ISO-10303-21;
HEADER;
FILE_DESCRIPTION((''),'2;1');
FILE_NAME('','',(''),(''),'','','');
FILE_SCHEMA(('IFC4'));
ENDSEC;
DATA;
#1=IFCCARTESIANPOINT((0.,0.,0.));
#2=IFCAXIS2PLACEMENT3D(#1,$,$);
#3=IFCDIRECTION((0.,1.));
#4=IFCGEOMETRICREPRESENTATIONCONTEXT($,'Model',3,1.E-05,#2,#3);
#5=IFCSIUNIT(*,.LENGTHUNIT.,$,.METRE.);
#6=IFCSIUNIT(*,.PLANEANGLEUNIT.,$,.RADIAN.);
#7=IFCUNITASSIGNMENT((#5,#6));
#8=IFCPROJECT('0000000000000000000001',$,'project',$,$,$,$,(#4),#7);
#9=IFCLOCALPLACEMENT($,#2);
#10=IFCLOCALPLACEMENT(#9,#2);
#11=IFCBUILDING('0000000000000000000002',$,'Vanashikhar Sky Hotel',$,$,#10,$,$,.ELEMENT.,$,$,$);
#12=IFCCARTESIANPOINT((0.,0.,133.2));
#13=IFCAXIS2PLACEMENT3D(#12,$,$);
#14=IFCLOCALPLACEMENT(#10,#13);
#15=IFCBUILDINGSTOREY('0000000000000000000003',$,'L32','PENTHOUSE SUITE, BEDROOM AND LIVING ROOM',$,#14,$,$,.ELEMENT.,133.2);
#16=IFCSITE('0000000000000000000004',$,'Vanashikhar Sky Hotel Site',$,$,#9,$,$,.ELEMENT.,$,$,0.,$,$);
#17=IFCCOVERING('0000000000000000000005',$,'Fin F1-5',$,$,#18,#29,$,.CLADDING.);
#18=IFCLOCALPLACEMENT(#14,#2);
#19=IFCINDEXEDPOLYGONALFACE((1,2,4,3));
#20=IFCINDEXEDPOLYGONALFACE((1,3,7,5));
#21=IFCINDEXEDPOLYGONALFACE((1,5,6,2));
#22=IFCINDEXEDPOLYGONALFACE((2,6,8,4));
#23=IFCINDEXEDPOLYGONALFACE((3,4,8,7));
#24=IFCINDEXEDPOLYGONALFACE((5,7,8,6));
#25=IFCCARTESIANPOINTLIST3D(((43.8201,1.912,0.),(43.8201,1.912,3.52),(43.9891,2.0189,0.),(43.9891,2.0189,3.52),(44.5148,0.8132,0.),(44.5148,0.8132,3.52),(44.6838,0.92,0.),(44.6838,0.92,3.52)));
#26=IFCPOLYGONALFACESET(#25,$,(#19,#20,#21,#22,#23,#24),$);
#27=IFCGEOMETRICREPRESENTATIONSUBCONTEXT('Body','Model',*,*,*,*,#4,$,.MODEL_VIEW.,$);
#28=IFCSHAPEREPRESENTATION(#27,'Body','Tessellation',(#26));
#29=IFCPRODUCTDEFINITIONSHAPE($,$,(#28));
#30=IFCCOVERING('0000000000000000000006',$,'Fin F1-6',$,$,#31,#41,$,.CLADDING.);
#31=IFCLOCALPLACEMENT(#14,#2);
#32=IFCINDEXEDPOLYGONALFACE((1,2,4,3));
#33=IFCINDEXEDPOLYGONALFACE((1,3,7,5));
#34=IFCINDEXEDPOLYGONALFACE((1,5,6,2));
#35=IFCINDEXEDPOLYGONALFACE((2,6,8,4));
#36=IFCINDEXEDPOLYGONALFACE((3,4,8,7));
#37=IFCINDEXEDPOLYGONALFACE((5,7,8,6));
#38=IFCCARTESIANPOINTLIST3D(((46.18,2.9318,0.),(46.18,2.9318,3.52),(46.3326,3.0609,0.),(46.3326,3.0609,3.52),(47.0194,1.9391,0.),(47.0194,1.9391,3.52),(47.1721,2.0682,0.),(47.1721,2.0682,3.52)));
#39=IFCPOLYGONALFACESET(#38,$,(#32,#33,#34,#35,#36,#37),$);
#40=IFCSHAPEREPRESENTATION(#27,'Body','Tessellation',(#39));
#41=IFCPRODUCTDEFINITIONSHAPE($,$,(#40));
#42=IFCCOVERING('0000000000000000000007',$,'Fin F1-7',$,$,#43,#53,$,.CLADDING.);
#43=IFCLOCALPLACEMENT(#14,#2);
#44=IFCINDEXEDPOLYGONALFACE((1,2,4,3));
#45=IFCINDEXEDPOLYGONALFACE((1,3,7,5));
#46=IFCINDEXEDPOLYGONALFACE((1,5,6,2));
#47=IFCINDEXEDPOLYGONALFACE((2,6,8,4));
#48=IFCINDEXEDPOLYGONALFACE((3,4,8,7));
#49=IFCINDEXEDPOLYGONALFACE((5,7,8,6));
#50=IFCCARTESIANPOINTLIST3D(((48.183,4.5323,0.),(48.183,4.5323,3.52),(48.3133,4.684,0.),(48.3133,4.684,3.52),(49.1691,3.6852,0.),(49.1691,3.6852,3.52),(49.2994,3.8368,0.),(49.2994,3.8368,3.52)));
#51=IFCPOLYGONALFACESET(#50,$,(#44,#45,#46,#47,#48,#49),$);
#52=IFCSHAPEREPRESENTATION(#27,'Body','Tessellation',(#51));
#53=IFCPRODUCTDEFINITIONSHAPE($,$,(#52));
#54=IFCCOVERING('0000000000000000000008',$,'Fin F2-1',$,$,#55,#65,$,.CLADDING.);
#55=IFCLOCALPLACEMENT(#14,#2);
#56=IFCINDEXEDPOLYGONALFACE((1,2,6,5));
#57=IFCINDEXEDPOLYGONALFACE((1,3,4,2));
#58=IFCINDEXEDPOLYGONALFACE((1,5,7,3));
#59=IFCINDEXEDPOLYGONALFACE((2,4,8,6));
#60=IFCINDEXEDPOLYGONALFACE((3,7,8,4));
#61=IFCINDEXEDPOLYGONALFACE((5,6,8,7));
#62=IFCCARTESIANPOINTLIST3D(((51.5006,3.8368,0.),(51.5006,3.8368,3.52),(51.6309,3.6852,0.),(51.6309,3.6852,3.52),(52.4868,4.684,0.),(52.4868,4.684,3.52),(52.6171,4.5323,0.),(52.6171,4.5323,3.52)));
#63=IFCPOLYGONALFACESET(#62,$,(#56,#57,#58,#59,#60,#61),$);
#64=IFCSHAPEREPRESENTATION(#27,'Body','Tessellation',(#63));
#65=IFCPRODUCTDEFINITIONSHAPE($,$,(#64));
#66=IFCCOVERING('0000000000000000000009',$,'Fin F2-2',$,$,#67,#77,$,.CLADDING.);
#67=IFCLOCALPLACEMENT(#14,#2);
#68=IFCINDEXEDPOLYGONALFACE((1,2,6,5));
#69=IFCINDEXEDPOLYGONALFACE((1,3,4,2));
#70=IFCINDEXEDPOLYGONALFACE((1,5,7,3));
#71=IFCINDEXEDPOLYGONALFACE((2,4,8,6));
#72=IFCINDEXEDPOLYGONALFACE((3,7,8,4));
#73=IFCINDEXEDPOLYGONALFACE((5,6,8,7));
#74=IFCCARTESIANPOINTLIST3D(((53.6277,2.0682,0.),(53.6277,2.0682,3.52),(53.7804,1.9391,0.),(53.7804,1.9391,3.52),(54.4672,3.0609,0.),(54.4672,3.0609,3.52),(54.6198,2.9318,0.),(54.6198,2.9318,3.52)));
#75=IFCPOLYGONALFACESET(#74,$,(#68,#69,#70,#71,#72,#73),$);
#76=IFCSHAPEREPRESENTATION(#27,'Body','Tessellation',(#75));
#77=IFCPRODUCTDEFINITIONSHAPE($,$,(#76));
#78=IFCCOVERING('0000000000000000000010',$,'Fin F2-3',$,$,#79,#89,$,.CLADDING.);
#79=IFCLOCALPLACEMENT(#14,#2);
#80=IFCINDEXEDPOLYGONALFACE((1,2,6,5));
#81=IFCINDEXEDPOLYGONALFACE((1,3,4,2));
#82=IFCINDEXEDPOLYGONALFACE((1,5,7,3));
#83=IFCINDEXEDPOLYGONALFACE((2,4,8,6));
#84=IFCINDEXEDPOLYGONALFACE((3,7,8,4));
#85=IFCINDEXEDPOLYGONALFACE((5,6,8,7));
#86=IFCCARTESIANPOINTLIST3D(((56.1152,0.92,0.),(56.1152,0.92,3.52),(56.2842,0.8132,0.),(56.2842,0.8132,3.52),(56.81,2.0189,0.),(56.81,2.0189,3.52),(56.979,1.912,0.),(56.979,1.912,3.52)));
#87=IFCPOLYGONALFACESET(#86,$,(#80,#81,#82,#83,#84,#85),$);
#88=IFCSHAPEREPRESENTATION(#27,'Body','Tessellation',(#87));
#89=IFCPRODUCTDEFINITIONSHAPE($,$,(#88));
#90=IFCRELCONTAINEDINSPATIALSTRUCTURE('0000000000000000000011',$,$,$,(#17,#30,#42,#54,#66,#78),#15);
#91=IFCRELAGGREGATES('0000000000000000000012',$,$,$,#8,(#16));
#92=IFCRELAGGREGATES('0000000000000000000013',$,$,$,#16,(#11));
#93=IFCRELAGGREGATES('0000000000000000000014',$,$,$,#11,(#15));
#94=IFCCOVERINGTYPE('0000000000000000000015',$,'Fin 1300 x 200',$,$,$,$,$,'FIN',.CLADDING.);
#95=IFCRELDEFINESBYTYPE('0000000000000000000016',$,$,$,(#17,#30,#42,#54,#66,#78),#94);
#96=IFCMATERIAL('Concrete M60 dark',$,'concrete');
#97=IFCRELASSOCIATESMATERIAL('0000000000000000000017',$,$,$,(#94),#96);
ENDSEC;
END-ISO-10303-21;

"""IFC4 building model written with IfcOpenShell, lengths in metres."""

from ifc_helpers import new_model, si_unit, direction, frame, origin, origin_2d, place, context, subcontext, project, spatial, rectangle, extrude, source, transform, mapped, material, material_profile, profile_set, type_object, element, save


model = new_model("IFC4")

# Units and contexts
model_context = context("Model", 3, precision=1e-05, world=origin(), true_north=direction((0.0, 1.0)))
body_context = subcontext(model_context, "Body", "Model", "MODEL_VIEW")
ifc_project = project(units=[si_unit("LENGTHUNIT", "METRE"), si_unit("PLANEANGLEUNIT", "RADIAN")], contexts=[model_context])

# Site, building, storey
site_placement = place(None, origin())
site = spatial("IfcSite", under=ifc_project, at=site_placement, Name="Vanashikhar Sky Hotel Site", CompositionType="ELEMENT", RefElevation=0.0)
building_placement = place(site_placement, origin())
building = spatial("IfcBuilding", under=site, at=building_placement, Name="Vanashikhar Sky Hotel", CompositionType="ELEMENT")
storey_placement = place(building_placement, frame((0.0, 0.0, 133.2)))
storey = spatial("IfcBuildingStorey", under=building, at=storey_placement, Name="L32", Description="PENTHOUSE SUITE, BEDROOM AND LIVING ROOM", CompositionType="ELEMENT", Elevation=133.2)

# Coverings
ifc_material_1 = material(Name="Concrete M60 dark", Category="concrete")
ifc_material_profile = material_profile(ifc_material_1, rectangle(XDim=1.3, YDim=0.2, at=origin_2d()))
ifc_profile_set = profile_set([ifc_material_profile], Name="Fin 1300 x 200")
covering_type = type_object("IfcCoveringType", Name="Fin 1300 x 200", ElementType="FIN", PredefinedType="CLADDING", material=ifc_profile_set)
shared_shape_1 = source(origin(), body_context, "Body", "SweptSolid", [
    extrude(rectangle(XDim=1.3, YDim=0.2, at=origin_2d()), origin(), (0.0, 0.0, 1.0), 3.52),
])
for number, where, z_axis, x_axis, name in (
    (1, (44.252, 1.416, 0.0), (0.0, 0.0, 1.0), (0.534411, -0.845225, 0.0), "Fin F1-5"),
    (2, (46.676, 2.5, 0.0), (0.0, 0.0, 1.0), (0.645698, -0.763593, 0.0), "Fin F1-6"),
    (3, (48.7412, 4.1846, 0.0), (0.0, 0.0, 1.0), (0.758544, -0.651622, 0.0), "Fin F1-7"),
    (4, (52.0588, 4.1846, 0.0), (0.0, 0.0, 1.0), (-0.758544, -0.651622, 0.0), "Fin F2-1"),
    (5, (54.1238, 2.5, 0.0), (0.0, 0.0, 1.0), (-0.645698, -0.763593, 0.0), "Fin F2-2"),
    (6, (56.5471, 1.416, 0.0), (0.0, 0.0, 1.0), (-0.534411, -0.845225, 0.0), "Fin F2-3"),
):
    element("IfcCovering", number, at=place(storey_placement, frame(where, z_axis=z_axis, x_axis=x_axis)), inside=storey, type_object=covering_type, Name=name, PredefinedType="CLADDING", context=body_context, shape_type="MappedRepresentation", body=[
        mapped(shared_shape_1, transform((0.0, 0.0, 0.0), scale=1.0)),
    ])

save(model, "model.ifc")
